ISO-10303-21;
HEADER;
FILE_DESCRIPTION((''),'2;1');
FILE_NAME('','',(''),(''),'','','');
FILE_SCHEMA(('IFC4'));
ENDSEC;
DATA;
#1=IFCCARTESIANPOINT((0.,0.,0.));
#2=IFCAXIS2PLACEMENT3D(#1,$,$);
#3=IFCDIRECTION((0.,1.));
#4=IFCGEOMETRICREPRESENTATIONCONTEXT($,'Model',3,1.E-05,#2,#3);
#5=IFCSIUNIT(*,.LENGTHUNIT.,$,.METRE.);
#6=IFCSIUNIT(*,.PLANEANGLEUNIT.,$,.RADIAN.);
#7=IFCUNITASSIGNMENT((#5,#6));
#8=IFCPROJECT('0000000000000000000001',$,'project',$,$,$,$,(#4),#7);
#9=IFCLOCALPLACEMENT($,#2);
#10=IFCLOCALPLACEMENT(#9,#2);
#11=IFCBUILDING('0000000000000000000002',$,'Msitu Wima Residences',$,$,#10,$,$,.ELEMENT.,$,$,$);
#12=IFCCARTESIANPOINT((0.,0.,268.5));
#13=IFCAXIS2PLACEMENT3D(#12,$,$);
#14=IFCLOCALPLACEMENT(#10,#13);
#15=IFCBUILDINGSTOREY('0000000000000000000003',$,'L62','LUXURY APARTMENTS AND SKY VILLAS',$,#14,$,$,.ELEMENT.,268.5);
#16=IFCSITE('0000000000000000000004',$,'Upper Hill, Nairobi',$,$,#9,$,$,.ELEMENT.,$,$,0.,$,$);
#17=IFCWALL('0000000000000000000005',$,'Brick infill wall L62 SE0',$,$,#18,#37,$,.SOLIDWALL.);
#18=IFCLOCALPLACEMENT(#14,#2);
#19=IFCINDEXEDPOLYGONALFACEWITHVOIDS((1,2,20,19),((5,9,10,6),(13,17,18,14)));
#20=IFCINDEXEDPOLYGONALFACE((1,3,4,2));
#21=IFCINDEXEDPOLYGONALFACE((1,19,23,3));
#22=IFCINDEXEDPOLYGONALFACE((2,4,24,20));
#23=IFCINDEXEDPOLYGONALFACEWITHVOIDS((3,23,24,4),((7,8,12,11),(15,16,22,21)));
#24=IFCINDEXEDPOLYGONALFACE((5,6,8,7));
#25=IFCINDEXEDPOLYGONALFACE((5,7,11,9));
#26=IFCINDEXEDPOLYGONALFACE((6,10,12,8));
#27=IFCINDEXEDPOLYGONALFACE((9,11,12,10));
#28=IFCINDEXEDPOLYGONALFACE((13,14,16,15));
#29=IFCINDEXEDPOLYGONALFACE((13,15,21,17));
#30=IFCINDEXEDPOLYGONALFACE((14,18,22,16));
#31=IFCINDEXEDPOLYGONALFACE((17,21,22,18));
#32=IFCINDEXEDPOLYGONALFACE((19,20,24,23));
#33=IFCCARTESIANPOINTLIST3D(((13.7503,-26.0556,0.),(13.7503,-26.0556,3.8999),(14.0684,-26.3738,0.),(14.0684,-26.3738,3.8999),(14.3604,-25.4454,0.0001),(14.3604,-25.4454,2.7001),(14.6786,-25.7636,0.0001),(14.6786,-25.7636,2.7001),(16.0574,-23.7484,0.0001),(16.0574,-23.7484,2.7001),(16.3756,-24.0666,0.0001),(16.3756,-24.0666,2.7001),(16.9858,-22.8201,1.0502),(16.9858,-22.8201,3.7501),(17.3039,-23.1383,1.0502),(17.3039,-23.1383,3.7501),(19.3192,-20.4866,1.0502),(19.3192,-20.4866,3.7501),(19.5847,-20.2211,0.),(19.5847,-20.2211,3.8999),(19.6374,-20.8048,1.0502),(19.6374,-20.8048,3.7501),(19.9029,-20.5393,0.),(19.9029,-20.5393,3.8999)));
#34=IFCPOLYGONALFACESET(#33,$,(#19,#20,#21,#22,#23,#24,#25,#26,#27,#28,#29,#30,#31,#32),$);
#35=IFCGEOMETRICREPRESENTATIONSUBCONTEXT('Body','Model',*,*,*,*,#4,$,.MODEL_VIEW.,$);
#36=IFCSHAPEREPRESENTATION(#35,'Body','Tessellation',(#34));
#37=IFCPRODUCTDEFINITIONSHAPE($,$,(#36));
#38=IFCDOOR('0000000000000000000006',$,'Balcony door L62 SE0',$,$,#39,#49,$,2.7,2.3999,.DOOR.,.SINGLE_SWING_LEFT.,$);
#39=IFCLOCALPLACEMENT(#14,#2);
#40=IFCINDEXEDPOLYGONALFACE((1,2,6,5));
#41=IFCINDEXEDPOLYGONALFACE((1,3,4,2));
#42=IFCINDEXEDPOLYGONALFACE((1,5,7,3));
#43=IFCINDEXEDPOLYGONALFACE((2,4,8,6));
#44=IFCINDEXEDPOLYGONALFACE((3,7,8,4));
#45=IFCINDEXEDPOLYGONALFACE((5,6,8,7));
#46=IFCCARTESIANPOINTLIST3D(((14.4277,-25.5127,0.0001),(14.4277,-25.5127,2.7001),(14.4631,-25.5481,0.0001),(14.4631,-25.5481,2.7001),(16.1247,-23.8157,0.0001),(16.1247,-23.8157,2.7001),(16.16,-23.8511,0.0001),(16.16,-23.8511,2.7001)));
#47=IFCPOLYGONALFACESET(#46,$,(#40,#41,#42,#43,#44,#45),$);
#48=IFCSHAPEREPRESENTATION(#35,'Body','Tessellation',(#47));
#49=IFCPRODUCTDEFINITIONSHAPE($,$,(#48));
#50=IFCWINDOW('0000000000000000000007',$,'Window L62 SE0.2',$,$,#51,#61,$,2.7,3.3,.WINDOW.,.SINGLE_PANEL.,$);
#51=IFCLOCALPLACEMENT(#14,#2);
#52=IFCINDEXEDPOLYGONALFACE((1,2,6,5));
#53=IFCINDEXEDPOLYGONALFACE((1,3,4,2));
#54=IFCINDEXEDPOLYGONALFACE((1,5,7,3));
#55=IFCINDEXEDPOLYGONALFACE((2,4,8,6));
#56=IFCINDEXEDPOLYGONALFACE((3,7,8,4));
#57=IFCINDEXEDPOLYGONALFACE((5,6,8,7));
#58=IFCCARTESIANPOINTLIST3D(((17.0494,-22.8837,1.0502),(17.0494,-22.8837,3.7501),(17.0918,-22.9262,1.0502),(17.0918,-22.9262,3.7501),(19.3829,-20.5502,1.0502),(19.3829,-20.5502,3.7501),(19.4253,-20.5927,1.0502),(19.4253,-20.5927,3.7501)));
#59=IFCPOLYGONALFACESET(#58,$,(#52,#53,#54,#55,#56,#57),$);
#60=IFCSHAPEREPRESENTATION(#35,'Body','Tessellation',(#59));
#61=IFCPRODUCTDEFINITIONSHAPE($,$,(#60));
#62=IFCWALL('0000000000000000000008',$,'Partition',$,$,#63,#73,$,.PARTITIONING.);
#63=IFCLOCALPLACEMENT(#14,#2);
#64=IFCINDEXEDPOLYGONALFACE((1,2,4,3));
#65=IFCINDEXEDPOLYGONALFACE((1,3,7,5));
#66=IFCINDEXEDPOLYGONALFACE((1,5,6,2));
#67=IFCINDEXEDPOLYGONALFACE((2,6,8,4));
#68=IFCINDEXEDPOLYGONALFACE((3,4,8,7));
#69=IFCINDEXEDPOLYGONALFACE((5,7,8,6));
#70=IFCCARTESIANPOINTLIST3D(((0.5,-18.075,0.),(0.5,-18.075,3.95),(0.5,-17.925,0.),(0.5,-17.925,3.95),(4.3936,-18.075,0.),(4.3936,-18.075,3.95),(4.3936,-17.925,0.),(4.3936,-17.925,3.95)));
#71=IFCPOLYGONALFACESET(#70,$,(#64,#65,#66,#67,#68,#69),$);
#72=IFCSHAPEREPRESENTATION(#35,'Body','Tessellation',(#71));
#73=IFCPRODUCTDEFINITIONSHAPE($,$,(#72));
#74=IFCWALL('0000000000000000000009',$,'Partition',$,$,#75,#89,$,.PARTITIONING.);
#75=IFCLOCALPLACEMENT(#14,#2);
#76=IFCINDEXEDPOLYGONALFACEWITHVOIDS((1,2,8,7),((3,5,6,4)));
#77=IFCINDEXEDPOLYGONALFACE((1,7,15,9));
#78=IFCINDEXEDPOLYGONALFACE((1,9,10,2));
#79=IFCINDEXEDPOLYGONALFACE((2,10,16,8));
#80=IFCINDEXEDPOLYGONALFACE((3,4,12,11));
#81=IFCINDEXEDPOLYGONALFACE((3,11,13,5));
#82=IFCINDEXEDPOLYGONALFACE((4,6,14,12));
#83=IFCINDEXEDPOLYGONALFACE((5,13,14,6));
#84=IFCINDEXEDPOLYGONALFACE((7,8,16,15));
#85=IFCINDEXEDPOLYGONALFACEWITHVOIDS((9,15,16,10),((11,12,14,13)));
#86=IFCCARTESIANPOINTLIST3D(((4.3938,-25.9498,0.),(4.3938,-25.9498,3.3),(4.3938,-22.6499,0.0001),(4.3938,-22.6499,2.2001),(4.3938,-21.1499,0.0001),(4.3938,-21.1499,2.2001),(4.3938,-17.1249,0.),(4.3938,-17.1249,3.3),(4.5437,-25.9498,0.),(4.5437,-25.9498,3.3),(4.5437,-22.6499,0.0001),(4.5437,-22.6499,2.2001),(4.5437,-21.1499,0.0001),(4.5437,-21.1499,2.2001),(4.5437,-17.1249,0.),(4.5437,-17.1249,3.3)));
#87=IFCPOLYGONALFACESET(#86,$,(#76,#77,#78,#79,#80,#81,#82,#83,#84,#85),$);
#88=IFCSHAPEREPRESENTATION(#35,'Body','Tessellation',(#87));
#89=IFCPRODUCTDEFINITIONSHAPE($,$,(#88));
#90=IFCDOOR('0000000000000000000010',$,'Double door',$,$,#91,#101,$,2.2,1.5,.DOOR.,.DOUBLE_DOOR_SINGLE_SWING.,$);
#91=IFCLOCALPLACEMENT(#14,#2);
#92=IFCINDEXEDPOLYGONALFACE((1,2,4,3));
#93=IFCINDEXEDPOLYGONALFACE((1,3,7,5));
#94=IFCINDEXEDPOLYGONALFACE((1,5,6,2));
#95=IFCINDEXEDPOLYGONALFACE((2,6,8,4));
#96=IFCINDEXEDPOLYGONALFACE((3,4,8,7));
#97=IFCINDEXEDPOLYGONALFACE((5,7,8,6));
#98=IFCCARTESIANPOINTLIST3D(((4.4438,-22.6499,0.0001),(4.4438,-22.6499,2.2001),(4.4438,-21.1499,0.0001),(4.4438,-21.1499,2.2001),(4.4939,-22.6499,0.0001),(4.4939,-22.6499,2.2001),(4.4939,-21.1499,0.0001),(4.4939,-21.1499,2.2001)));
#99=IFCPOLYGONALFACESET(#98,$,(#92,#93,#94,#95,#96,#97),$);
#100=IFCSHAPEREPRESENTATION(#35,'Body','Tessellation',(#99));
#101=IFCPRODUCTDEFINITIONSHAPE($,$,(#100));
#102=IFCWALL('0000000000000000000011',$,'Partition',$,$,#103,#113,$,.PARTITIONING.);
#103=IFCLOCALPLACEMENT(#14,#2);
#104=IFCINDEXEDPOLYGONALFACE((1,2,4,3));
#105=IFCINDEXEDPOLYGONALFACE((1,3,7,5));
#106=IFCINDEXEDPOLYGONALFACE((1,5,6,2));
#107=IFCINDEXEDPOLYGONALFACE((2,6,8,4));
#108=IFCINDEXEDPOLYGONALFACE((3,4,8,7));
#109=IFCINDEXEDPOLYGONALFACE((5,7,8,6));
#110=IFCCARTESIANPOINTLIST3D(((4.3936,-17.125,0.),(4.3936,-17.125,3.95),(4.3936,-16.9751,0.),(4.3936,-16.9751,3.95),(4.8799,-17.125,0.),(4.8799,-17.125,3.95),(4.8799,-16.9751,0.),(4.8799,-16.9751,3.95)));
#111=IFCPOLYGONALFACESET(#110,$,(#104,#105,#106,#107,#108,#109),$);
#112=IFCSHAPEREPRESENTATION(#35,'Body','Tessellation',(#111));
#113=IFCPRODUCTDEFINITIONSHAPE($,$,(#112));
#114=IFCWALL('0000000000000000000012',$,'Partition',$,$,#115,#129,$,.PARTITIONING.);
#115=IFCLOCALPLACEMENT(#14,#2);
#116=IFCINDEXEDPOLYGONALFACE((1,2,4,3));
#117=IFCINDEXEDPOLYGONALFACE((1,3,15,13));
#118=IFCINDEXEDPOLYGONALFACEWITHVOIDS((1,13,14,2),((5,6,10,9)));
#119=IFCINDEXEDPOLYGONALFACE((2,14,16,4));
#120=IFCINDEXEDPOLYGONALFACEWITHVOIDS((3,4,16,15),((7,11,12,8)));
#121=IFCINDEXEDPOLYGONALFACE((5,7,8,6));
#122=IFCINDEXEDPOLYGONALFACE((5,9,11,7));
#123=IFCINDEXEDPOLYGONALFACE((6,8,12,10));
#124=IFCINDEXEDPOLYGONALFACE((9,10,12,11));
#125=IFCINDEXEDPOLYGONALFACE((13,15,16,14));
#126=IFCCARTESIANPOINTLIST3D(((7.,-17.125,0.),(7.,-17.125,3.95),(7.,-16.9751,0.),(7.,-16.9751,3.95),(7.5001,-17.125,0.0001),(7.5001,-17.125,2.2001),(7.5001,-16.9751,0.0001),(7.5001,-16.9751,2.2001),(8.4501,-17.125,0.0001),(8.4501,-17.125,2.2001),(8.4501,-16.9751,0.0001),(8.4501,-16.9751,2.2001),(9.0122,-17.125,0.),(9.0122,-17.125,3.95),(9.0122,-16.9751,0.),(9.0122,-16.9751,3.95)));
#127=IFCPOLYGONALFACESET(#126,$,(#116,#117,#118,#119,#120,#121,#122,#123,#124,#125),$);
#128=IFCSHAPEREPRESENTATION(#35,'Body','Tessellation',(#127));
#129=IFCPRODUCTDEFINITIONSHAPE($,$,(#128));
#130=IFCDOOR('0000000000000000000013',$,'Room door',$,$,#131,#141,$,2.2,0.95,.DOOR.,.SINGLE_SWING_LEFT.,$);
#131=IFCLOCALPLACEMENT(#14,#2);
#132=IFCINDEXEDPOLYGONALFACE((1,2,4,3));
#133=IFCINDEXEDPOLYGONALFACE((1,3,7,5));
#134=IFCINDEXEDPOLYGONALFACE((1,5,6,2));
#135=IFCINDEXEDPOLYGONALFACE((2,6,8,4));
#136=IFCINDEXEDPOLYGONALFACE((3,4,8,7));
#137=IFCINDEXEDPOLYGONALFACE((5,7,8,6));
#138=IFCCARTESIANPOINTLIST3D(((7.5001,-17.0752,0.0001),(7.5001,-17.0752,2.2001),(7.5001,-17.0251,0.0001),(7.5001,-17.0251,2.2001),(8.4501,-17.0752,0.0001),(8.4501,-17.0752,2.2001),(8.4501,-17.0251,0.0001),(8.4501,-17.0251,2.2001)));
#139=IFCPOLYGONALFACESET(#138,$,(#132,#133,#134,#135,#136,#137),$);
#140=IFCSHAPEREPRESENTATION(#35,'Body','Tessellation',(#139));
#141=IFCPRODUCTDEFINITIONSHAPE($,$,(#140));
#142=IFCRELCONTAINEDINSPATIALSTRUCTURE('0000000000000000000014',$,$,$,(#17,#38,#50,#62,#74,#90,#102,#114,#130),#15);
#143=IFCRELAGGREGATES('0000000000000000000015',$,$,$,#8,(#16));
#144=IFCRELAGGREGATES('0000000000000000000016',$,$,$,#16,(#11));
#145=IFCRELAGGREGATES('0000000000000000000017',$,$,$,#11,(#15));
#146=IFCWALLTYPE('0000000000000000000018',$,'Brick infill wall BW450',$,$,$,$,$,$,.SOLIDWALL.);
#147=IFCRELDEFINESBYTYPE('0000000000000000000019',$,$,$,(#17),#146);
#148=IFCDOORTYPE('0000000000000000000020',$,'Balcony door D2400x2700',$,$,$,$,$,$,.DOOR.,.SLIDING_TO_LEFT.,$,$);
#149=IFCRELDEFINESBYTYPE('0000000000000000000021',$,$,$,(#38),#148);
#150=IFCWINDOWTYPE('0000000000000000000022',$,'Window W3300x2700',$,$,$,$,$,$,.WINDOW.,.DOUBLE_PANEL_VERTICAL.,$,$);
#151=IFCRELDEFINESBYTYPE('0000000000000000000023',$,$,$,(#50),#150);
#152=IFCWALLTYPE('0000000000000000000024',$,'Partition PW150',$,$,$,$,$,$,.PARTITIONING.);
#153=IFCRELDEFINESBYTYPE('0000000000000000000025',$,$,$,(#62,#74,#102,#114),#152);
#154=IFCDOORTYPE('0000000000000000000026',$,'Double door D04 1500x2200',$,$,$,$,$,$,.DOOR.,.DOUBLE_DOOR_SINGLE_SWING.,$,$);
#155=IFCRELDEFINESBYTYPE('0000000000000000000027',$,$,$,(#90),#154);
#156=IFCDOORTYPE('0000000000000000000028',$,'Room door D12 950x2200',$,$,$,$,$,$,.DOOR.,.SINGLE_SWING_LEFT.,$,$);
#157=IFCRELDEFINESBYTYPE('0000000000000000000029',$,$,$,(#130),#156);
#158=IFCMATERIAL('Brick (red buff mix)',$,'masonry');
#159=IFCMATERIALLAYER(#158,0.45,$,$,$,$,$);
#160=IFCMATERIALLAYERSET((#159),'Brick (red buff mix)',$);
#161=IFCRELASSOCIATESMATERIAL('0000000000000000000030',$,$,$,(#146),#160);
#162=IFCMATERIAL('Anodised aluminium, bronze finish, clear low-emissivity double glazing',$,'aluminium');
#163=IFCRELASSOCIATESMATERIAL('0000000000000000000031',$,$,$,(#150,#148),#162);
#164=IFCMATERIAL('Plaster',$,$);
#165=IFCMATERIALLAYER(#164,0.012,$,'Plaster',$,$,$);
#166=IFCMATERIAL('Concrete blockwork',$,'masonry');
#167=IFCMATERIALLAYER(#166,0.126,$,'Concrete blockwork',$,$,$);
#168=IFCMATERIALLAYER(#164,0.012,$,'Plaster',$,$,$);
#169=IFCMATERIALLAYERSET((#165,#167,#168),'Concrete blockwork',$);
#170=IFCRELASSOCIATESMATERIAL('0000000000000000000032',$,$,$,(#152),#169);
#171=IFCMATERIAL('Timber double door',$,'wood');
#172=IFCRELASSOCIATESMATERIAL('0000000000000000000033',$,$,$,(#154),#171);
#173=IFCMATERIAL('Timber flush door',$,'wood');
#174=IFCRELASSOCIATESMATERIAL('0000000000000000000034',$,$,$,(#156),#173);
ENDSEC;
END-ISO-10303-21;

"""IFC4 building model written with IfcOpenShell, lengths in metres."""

from ifc_helpers import new_model, si_unit, direction, frame, frame_2d, origin, place, context, subcontext, project, spatial, rectangle, extrude, material, layer, layer_set, type_object, element, fill, save


model = new_model("IFC4")

# Units and contexts
model_context = context("Model", 3, precision=1e-05, world=origin(), true_north=direction((0.0, 1.0)))
body_context = subcontext(model_context, "Body", "Model", "MODEL_VIEW")
ifc_project = project(units=[si_unit("LENGTHUNIT", "METRE"), si_unit("PLANEANGLEUNIT", "RADIAN")], contexts=[model_context])

# Site, building, storey
site_placement = place(None, origin())
site = spatial("IfcSite", under=ifc_project, at=site_placement, Name="Upper Hill, Nairobi", CompositionType="ELEMENT", RefElevation=0.0)
building_placement = place(site_placement, origin())
building = spatial("IfcBuilding", under=site, at=building_placement, Name="Msitu Wima Residences", CompositionType="ELEMENT")
storey_placement = place(building_placement, frame((0.0, 0.0, 268.5)))
storey = spatial("IfcBuildingStorey", under=building, at=storey_placement, Name="L62", Description="LUXURY APARTMENTS AND SKY VILLAS", CompositionType="ELEMENT", Elevation=268.5)

# Shared definitions
ifc_material_1 = material(Name="Brick (red buff mix)", Category="masonry")
ifc_layer_1 = layer(ifc_material_1, 0.45)
ifc_layer_set_1 = layer_set([ifc_layer_1], Name="Brick (red buff mix)")
wall_type_1 = type_object("IfcWallType", Name="Brick infill wall BW450", PredefinedType="SOLIDWALL", material=ifc_layer_set_1)
ifc_material_2 = material(Name="Anodised aluminium, bronze finish, clear low-emissivity double glazing", Category="aluminium")
window_type = type_object("IfcWindowType", Name="Window W3300x2700", PartitioningType="DOUBLE_PANEL_VERTICAL", PredefinedType="WINDOW", material=ifc_material_2)

# Wall, openings, door, window
wall_1_placement = place(storey_placement, frame((13.9094, -26.2146, 0.0), z_axis=(0.0, 0.0, 1.0), x_axis=(0.707107, 0.707107, 0.0)))
wall_1 = element("IfcWall", 1, at=wall_1_placement, inside=storey, type_object=wall_type_1, Name="Brick infill wall L62 SE0", PredefinedType="SOLIDWALL", context=body_context, shape_type="SweptSolid", body=[
    extrude(rectangle(XDim=8.2512, YDim=0.45, at=frame_2d((4.1255, 0.0))), origin(), (0.0, 0.0, 1.0), 3.8999),
])
opening_1_placement = place(wall_1_placement, frame((0.8628, 0.0, 0.0)))
opening_1 = element("IfcOpeningElement", 2, at=opening_1_placement, cuts=wall_1, PredefinedType="OPENING", context=body_context, shape_type="SweptSolid", body=[
    extrude(rectangle(XDim=2.3999, YDim=2.7, at=frame_2d((1.2, 1.3501))), frame((0.0, 0.2349, 0.0), z_axis=(0.0, -1.0, 0.0), x_axis=(1.0, 0.0, 0.0)), (0.0, 0.0, 1.0), 0.47),
])
opening_2_placement = place(wall_1_placement, frame((4.5757, 0.0, 1.05)))
opening_2 = element("IfcOpeningElement", 3, at=opening_2_placement, cuts=wall_1, PredefinedType="OPENING", context=body_context, shape_type="SweptSolid", body=[
    extrude(rectangle(XDim=3.3, YDim=2.7, at=frame_2d((1.6499, 1.3501))), frame((0.0, 0.2349, 0.0), z_axis=(0.0, -1.0, 0.0), x_axis=(1.0, 0.0, 0.0)), (0.0, 0.0, 1.0), 0.47),
])
door_type_1 = type_object("IfcDoorType", Name="Balcony door D2400x2700", OperationType="SLIDING_TO_LEFT", PredefinedType="DOOR", material=ifc_material_2)
door_1_placement = place(opening_1_placement, origin())
door_1 = element("IfcDoor", 4, at=door_1_placement, inside=storey, type_object=door_type_1, Name="Balcony door L62 SE0", OperationType="SINGLE_SWING_LEFT", OverallHeight=2.7, OverallWidth=2.3999, PredefinedType="DOOR", context=body_context, shape_type="SweptSolid", body=[
    extrude(rectangle(XDim=2.3999, YDim=2.7, at=frame_2d((1.2, 1.3501))), frame((0.0, 0.1299, 0.0), z_axis=(0.0, -1.0, 0.0), x_axis=(1.0, 0.0, 0.0)), (0.0, 0.0, 1.0), 0.05),
])
fill(opening_1, door_1)
window_1_placement = place(opening_2_placement, origin())
window_1 = element("IfcWindow", 5, at=window_1_placement, inside=storey, type_object=window_type, Name="Window L62 SE0.2", OverallHeight=2.7, OverallWidth=3.3, PartitioningType="SINGLE_PANEL", PredefinedType="WINDOW", context=body_context, shape_type="SweptSolid", body=[
    extrude(rectangle(XDim=3.3, YDim=2.7, at=frame_2d((1.6499, 1.3501))), frame((0.0, 0.135, 0.0), z_axis=(0.0, -1.0, 0.0), x_axis=(1.0, 0.0, 0.0)), (0.0, 0.0, 1.0), 0.0601),
])
fill(opening_2, window_1)

# Wall
ifc_material_3 = material(Name="Plaster")
ifc_layer_2 = layer(ifc_material_3, 0.012, Name="Plaster")
ifc_material_4 = material(Name="Concrete blockwork", Category="masonry")
ifc_layer_3 = layer(ifc_material_4, 0.126, Name="Concrete blockwork")
ifc_layer_4 = layer(ifc_material_3, 0.012, Name="Plaster")
ifc_layer_set_2 = layer_set([ifc_layer_2, ifc_layer_3, ifc_layer_4], Name="Concrete blockwork")
wall_type_2 = type_object("IfcWallType", Name="Partition PW150", PredefinedType="PARTITIONING", material=ifc_layer_set_2)
wall_2_placement = place(storey_placement, frame((0.5, -18.0, 0.0), z_axis=(0.0, 0.0, 1.0), x_axis=(1.0, 0.0, 0.0)))
element("IfcWall", 6, at=wall_2_placement, inside=storey, type_object=wall_type_2, Name="Partition", PredefinedType="PARTITIONING", context=body_context, shape_type="SweptSolid", body=[
    extrude(rectangle(XDim=3.8936, YDim=0.1499, at=frame_2d((1.9468, 0.0))), origin(), (0.0, 0.0, 1.0), 3.95),
])

# Wall, opening, door
wall_3_placement = place(storey_placement, frame((4.4688, -25.95, 0.0), z_axis=(0.0, 0.0, 1.0), x_axis=(0.0, 1.0, 0.0)))
wall_3 = element("IfcWall", 7, at=wall_3_placement, inside=storey, type_object=wall_type_2, Name="Partition", PredefinedType="PARTITIONING", context=body_context, shape_type="SweptSolid", body=[
    extrude(rectangle(XDim=8.825, YDim=0.1499, at=frame_2d((4.4126, 0.0))), origin(), (0.0, 0.0, 1.0), 3.3),
])
opening_3_placement = place(wall_3_placement, frame((3.3, 0.0, 0.0)))
opening_3 = element("IfcOpeningElement", 8, at=opening_3_placement, cuts=wall_3, PredefinedType="OPENING", context=body_context, shape_type="SweptSolid", body=[
    extrude(rectangle(XDim=1.5, YDim=2.2, at=frame_2d((0.75, 1.1001))), frame((0.0, 0.085, 0.0), z_axis=(0.0, -1.0, 0.0), x_axis=(1.0, 0.0, 0.0)), (0.0, 0.0, 1.0), 0.1699),
])
ifc_material_5 = material(Name="Timber double door", Category="wood")
door_type_2 = type_object("IfcDoorType", Name="Double door D04 1500x2200", OperationType="DOUBLE_DOOR_SINGLE_SWING", PredefinedType="DOOR", material=ifc_material_5)
door_2_placement = place(opening_3_placement, origin())
door_2 = element("IfcDoor", 9, at=door_2_placement, inside=storey, type_object=door_type_2, Name="Double door", OperationType="DOUBLE_DOOR_SINGLE_SWING", OverallHeight=2.2, OverallWidth=1.5, PredefinedType="DOOR", context=body_context, shape_type="SweptSolid", body=[
    extrude(rectangle(XDim=1.5, YDim=2.2, at=frame_2d((0.75, 1.1001))), frame((0.0, 0.0249, 0.0), z_axis=(0.0, -1.0, 0.0), x_axis=(1.0, 0.0, 0.0)), (0.0, 0.0, 1.0), 0.05),
])
fill(opening_3, door_2)

# Wall
wall_4_placement = place(storey_placement, frame((4.3936, -17.05, 0.0), z_axis=(0.0, 0.0, 1.0), x_axis=(1.0, 0.0, 0.0)))
element("IfcWall", 10, at=wall_4_placement, inside=storey, type_object=wall_type_2, Name="Partition", PredefinedType="PARTITIONING", context=body_context, shape_type="SweptSolid", body=[
    extrude(rectangle(XDim=0.4863, YDim=0.1499, at=frame_2d((0.2432, 0.0))), origin(), (0.0, 0.0, 1.0), 3.95),
])

# Wall, opening, door
wall_5_placement = place(storey_placement, frame((7.0, -17.05, 0.0), z_axis=(0.0, 0.0, 1.0), x_axis=(1.0, 0.0, 0.0)))
wall_5 = element("IfcWall", 11, at=wall_5_placement, inside=storey, type_object=wall_type_2, Name="Partition", PredefinedType="PARTITIONING", context=body_context, shape_type="SweptSolid", body=[
    extrude(rectangle(XDim=2.0122, YDim=0.1499, at=frame_2d((1.0061, 0.0))), origin(), (0.0, 0.0, 1.0), 3.95),
])
opening_4_placement = place(wall_5_placement, frame((0.5, 0.0, 0.0)))
opening_4 = element("IfcOpeningElement", 12, at=opening_4_placement, cuts=wall_5, PredefinedType="OPENING", context=body_context, shape_type="SweptSolid", body=[
    extrude(rectangle(XDim=0.95, YDim=2.2, at=frame_2d((0.4751, 1.1001))), frame((0.0, 0.085, 0.0), z_axis=(0.0, -1.0, 0.0), x_axis=(1.0, 0.0, 0.0)), (0.0, 0.0, 1.0), 0.1699),
])
ifc_material_6 = material(Name="Timber flush door", Category="wood")
door_type_3 = type_object("IfcDoorType", Name="Room door D12 950x2200", OperationType="SINGLE_SWING_LEFT", PredefinedType="DOOR", material=ifc_material_6)
door_3_placement = place(opening_4_placement, origin())
door_3 = element("IfcDoor", 13, at=door_3_placement, inside=storey, type_object=door_type_3, Name="Room door", OperationType="SINGLE_SWING_LEFT", OverallHeight=2.2, OverallWidth=0.95, PredefinedType="DOOR", context=body_context, shape_type="SweptSolid", body=[
    extrude(rectangle(XDim=0.95, YDim=2.2, at=frame_2d((0.4751, 1.1001))), frame((0.0, 0.0249, 0.0), z_axis=(0.0, -1.0, 0.0), x_axis=(1.0, 0.0, 0.0)), (0.0, 0.0, 1.0), 0.05),
])
fill(opening_4, door_3)

save(model, "model.ifc")
